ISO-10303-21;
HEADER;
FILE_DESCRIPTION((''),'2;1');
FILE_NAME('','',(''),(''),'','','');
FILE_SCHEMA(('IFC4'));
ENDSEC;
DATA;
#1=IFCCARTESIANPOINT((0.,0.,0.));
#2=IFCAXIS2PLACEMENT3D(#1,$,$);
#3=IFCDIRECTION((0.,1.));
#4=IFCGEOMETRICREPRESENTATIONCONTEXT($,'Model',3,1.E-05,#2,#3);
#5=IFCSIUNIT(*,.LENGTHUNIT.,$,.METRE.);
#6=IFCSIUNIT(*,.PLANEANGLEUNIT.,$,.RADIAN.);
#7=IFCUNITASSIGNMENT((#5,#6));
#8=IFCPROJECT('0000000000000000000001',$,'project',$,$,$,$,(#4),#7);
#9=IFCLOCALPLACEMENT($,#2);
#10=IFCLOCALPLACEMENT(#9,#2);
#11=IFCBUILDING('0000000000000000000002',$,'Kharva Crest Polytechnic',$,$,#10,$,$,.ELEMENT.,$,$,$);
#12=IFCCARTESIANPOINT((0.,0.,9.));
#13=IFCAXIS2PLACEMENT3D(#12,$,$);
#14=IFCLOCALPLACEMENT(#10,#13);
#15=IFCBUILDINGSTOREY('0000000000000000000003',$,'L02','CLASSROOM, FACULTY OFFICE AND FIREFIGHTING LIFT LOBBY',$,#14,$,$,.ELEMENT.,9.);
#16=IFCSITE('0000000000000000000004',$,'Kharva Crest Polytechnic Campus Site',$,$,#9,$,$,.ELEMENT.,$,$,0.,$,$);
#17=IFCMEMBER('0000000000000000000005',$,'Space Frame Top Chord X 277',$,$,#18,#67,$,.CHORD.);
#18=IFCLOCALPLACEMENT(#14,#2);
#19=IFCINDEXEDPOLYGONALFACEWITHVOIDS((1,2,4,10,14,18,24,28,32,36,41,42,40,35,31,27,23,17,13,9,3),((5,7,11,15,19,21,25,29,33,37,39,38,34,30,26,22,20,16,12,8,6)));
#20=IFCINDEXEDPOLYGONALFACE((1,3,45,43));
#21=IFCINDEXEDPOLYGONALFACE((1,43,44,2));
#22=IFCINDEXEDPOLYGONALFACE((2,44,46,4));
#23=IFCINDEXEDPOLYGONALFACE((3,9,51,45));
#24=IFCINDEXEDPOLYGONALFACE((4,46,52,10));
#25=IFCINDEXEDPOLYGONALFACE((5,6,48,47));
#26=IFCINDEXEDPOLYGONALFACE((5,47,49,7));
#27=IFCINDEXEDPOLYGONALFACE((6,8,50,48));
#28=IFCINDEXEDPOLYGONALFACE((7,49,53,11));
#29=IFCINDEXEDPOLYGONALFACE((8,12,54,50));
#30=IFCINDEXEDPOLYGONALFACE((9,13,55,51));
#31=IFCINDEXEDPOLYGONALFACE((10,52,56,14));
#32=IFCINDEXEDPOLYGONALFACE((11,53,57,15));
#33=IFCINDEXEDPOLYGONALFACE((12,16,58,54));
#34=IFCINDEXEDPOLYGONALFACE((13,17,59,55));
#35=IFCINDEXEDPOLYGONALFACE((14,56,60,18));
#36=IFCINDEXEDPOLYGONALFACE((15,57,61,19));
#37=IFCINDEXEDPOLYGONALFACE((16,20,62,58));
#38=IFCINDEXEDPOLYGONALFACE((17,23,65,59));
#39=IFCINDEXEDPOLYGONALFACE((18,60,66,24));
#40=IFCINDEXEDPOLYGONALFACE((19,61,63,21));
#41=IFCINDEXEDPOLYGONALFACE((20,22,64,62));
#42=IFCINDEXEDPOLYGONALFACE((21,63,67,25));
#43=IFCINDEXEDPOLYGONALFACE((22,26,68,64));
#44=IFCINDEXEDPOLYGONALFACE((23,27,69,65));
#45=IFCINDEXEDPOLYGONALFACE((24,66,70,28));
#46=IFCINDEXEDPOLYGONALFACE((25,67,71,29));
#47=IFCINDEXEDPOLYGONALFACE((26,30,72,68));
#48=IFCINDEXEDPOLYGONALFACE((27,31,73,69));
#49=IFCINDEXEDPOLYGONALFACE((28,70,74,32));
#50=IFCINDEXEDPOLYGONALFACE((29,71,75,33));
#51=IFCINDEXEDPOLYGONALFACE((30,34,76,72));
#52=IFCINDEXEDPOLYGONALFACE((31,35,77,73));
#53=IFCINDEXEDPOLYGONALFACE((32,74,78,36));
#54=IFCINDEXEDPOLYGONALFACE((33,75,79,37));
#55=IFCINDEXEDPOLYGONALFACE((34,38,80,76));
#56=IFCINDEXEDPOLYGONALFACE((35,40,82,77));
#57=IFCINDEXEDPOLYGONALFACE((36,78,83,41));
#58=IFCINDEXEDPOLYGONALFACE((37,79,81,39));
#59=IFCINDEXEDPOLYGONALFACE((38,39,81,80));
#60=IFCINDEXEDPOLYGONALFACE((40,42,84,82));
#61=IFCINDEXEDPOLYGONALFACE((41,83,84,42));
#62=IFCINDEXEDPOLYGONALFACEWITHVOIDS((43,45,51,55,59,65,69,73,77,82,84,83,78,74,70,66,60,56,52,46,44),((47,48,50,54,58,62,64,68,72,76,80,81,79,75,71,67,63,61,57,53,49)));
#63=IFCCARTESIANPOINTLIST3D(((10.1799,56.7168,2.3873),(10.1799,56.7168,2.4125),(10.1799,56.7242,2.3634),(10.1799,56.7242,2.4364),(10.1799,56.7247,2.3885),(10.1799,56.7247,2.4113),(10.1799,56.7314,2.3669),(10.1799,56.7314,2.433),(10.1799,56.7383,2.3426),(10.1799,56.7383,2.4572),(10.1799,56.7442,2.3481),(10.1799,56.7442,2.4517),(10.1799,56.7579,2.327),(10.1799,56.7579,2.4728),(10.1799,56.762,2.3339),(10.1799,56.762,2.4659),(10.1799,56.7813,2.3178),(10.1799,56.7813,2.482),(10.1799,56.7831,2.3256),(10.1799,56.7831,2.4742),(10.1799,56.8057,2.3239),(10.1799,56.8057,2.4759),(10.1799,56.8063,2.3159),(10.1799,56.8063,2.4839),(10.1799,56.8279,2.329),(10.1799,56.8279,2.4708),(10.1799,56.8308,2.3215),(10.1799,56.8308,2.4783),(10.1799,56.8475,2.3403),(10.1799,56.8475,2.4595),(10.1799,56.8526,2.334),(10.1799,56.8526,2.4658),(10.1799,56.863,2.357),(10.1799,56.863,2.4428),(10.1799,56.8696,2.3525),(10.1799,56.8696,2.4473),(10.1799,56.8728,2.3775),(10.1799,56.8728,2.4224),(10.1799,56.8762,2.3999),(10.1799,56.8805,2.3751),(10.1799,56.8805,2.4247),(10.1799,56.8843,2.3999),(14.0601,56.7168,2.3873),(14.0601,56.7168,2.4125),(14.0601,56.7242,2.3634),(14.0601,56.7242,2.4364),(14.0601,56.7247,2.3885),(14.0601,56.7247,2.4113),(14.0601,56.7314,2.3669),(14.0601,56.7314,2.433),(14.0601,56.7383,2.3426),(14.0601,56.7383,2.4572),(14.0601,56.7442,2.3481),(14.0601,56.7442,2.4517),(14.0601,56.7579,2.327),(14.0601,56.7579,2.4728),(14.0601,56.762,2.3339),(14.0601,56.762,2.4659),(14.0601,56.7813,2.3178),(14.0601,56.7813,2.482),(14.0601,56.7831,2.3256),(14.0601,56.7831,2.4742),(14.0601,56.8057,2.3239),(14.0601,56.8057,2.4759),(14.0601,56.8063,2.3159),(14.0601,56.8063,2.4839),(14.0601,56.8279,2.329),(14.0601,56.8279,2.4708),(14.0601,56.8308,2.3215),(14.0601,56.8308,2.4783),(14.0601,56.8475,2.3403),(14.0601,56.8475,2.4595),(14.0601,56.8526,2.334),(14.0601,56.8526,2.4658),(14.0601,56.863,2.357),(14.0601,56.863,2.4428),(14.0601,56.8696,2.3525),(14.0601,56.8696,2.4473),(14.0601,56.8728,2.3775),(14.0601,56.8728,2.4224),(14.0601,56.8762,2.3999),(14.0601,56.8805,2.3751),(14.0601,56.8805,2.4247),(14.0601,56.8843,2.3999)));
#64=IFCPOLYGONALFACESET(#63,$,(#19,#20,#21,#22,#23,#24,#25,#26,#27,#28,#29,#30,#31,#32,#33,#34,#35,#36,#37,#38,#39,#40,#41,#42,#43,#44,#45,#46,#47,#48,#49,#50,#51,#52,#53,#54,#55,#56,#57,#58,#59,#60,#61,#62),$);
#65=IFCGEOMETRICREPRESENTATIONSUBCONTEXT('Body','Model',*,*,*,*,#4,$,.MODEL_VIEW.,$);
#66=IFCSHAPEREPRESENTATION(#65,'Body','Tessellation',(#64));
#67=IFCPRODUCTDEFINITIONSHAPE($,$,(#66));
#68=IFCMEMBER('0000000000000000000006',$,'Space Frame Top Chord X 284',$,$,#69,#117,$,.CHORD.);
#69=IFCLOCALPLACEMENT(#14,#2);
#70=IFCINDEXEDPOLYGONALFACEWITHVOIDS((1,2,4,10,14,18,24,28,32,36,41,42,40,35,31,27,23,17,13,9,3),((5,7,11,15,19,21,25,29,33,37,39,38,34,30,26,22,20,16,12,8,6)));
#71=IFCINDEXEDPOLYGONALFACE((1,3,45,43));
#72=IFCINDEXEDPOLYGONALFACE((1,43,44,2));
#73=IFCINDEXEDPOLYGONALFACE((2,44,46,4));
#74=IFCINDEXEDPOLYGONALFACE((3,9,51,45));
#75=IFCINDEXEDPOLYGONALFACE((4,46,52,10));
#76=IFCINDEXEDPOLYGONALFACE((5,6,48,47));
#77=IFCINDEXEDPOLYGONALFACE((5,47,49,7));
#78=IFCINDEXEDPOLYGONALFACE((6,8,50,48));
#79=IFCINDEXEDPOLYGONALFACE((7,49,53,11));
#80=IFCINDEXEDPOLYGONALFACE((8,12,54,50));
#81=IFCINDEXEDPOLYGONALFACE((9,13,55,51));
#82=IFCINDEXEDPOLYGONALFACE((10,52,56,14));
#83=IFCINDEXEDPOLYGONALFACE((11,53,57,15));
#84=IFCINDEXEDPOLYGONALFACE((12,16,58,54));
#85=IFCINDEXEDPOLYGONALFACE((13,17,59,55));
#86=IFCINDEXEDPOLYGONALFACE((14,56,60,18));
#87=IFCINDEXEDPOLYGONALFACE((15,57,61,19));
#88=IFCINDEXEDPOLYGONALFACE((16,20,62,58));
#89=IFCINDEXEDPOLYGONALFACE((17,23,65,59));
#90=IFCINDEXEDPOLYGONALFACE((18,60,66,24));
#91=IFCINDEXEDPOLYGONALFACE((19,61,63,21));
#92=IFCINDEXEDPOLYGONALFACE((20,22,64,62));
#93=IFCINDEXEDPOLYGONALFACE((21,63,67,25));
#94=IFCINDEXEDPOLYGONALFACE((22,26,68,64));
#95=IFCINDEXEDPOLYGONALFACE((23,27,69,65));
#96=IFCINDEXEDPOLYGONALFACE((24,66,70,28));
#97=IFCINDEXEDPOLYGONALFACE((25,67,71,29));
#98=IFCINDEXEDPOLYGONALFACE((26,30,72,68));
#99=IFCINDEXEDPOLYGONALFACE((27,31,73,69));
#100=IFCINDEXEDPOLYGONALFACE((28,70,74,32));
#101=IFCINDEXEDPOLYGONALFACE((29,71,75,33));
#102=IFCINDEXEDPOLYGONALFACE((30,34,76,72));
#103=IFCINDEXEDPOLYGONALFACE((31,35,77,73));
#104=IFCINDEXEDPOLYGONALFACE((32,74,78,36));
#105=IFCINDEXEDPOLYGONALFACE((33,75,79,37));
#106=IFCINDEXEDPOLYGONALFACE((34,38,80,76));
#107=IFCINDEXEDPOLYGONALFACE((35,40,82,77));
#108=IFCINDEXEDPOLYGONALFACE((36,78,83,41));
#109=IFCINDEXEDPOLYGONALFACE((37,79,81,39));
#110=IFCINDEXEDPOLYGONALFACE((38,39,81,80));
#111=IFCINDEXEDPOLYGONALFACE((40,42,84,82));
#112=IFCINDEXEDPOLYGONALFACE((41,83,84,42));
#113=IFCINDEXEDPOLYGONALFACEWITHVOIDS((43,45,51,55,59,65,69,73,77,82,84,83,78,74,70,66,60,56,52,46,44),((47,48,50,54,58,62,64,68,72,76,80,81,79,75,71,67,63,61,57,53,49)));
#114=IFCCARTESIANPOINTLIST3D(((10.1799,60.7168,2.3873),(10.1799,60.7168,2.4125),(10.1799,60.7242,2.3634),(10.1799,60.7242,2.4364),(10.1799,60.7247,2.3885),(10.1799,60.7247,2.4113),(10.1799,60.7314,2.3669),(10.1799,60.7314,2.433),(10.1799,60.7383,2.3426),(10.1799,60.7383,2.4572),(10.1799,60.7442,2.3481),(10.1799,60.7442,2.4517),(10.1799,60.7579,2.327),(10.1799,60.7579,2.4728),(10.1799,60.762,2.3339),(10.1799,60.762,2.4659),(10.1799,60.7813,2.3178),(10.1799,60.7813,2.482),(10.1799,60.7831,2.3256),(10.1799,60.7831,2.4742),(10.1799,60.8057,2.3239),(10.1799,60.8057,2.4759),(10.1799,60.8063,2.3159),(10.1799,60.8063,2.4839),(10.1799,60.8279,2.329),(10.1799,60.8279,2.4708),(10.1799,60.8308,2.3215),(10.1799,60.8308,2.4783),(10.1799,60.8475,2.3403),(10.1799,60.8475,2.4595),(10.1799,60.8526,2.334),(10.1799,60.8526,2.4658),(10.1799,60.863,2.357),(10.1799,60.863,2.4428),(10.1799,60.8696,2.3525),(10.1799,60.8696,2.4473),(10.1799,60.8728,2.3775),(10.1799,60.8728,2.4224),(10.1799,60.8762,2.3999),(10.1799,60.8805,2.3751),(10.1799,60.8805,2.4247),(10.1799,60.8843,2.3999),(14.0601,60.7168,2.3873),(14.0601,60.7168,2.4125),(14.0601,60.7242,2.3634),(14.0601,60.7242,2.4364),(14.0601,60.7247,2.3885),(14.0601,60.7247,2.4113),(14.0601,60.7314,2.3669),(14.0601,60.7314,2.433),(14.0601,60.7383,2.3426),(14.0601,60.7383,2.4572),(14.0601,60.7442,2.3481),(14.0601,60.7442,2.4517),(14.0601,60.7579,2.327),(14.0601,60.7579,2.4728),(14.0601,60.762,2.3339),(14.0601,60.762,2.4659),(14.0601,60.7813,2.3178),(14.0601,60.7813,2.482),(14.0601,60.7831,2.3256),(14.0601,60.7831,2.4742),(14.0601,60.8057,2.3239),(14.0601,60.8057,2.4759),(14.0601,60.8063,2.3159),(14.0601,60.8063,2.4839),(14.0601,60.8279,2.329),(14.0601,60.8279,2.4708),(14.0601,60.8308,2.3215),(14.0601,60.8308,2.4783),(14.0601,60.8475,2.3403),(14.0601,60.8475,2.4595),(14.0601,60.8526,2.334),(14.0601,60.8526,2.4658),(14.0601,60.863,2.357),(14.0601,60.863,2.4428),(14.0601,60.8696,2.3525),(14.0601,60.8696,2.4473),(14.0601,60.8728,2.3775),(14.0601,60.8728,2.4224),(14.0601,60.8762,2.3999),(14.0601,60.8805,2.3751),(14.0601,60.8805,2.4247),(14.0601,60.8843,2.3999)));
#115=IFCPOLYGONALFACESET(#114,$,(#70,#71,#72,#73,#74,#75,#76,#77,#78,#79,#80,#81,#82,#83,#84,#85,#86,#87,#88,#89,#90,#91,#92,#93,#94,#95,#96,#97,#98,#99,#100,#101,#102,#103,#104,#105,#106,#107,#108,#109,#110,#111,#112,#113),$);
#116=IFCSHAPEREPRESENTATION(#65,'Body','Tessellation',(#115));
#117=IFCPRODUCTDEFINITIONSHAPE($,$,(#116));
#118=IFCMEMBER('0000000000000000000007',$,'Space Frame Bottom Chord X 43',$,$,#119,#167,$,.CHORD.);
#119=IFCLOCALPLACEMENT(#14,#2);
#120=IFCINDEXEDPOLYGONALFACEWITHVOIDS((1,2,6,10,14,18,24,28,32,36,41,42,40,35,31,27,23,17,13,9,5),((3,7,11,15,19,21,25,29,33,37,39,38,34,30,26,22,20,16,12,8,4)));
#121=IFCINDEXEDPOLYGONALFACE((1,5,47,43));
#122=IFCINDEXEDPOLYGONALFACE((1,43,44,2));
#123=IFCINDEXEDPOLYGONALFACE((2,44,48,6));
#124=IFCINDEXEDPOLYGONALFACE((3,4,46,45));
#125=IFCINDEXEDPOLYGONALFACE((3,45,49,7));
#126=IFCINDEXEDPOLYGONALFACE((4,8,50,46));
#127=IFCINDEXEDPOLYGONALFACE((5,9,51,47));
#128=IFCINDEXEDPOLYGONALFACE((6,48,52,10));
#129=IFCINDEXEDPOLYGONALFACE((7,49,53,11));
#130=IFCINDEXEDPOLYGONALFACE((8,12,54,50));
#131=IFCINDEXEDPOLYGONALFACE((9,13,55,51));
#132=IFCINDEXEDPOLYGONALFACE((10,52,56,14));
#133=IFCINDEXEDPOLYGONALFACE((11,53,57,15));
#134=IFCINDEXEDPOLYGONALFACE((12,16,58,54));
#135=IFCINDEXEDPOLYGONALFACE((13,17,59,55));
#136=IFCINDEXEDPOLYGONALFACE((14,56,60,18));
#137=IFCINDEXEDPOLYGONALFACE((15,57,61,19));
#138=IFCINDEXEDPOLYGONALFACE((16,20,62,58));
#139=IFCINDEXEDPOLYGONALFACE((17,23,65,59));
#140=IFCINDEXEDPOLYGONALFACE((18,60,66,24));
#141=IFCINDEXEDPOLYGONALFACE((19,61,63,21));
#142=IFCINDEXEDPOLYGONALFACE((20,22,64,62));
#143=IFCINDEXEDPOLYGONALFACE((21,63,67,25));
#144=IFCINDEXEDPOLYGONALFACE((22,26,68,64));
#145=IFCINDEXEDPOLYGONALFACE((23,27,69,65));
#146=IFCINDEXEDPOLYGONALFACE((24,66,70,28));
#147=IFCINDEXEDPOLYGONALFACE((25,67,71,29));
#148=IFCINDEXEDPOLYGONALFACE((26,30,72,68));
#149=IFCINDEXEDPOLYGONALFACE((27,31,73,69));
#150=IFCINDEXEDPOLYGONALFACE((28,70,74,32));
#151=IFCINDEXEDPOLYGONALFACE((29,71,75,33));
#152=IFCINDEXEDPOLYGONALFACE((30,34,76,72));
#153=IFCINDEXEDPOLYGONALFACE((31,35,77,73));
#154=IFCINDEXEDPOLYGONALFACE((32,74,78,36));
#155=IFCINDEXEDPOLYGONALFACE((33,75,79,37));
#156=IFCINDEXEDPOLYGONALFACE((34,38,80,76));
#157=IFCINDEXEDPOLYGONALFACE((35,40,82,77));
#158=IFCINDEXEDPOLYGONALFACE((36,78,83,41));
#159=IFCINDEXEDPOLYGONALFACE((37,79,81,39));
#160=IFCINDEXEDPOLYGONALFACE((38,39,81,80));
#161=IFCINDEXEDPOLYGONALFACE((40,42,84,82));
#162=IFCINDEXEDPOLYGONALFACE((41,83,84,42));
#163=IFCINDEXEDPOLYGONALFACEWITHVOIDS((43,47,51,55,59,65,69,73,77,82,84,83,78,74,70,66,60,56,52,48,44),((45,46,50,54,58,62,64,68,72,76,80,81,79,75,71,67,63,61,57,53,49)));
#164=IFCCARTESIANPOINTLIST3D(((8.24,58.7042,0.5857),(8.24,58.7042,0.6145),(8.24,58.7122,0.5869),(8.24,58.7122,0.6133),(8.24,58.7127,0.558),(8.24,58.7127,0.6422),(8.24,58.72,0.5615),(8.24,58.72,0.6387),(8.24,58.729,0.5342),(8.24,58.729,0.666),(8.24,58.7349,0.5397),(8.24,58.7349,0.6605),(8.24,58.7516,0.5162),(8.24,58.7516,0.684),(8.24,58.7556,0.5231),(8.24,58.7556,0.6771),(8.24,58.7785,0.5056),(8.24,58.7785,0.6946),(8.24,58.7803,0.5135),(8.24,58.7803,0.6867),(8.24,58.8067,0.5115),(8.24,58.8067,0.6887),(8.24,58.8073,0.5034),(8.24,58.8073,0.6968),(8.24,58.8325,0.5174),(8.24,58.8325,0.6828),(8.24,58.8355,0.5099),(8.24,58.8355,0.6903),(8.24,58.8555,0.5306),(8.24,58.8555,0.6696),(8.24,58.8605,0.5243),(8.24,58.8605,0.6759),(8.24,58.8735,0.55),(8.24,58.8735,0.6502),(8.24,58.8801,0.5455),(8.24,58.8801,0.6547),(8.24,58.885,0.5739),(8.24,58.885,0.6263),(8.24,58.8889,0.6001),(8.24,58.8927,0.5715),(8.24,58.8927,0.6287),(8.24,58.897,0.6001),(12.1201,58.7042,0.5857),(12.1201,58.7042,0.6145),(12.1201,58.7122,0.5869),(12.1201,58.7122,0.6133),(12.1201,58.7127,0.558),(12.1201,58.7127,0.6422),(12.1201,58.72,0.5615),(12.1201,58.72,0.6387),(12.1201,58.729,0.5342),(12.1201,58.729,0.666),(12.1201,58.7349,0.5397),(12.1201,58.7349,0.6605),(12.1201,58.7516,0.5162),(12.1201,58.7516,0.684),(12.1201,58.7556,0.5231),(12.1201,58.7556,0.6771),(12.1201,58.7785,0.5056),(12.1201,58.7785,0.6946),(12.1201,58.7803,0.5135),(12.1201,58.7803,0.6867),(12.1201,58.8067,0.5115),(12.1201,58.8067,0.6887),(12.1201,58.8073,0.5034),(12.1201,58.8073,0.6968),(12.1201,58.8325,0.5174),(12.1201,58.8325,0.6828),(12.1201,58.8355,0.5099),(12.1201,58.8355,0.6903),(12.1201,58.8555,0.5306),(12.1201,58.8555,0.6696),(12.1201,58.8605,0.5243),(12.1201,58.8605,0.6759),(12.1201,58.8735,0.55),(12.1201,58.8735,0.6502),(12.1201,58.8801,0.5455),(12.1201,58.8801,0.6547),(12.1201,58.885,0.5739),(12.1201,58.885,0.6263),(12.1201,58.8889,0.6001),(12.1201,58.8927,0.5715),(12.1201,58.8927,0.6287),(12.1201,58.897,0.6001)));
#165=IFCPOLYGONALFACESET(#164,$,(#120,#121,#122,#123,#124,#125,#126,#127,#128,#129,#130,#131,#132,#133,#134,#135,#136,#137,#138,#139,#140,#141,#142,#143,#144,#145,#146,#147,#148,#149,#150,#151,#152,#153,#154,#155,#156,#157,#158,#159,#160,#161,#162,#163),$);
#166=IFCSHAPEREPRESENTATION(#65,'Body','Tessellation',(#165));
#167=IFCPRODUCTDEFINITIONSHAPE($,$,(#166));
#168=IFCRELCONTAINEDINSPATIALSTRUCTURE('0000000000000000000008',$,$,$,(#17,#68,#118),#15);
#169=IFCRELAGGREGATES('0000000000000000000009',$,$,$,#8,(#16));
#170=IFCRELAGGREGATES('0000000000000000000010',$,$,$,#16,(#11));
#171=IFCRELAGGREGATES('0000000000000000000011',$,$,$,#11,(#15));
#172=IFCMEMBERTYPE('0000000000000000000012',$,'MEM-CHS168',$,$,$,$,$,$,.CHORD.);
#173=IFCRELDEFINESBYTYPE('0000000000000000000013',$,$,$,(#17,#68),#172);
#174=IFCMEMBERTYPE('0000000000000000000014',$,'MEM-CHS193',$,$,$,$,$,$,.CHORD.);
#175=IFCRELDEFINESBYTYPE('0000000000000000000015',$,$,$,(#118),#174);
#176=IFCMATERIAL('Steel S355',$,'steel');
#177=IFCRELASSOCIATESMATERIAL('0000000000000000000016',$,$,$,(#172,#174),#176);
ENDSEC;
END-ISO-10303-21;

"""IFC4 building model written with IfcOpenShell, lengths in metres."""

from ifc_helpers import new_model, si_unit, direction, frame, origin, origin_2d, place, context, subcontext, project, spatial, hollow_circle, extrude, material, material_profile, profile_set, type_object, element, save


model = new_model("IFC4")

# Units and contexts
model_context = context("Model", 3, precision=1e-05, world=origin(), true_north=direction((0.0, 1.0)))
body_context = subcontext(model_context, "Body", "Model", "MODEL_VIEW")
ifc_project = project(units=[si_unit("LENGTHUNIT", "METRE"), si_unit("PLANEANGLEUNIT", "RADIAN")], contexts=[model_context])

# Site, building, storey
site_placement = place(None, origin())
site = spatial("IfcSite", under=ifc_project, at=site_placement, Name="Kharva Crest Polytechnic Campus Site", CompositionType="ELEMENT", RefElevation=0.0)
building_placement = place(site_placement, origin())
building = spatial("IfcBuilding", under=site, at=building_placement, Name="Kharva Crest Polytechnic", CompositionType="ELEMENT")
storey_placement = place(building_placement, frame((0.0, 0.0, 9.0)))
storey = spatial("IfcBuildingStorey", under=building, at=storey_placement, Name="L02", Description="CLASSROOM, FACULTY OFFICE AND FIREFIGHTING LIFT LOBBY", CompositionType="ELEMENT", Elevation=9.0)

# Shared definitions
ifc_material_1 = material(Name="Steel S355", Category="steel")

# Members
ifc_material_profile_1 = material_profile(ifc_material_1, hollow_circle(Radius=0.0842, WallThickness=0.0081, at=origin_2d()), Name="CHS 168.3X8.0")
ifc_profile_set_1 = profile_set([ifc_material_profile_1], Name="Steel S355")
member_type_1 = type_object("IfcMemberType", Name="MEM-CHS168", PredefinedType="CHORD", material=ifc_profile_set_1)
for number, where, z_axis, x_axis, name in (
    (1, (10.1799, 56.8, 2.3999), (1.0, 0.0, 0.0), (0.0, 1.0, 0.0), "Space Frame Top Chord X 277"),
    (2, (10.1799, 60.8, 2.3999), (1.0, 0.0, 0.0), (0.0, 1.0, 0.0), "Space Frame Top Chord X 284"),
):
    element("IfcMember", number, at=place(storey_placement, frame(where, z_axis=z_axis, x_axis=x_axis)), inside=storey, type_object=member_type_1, Name=name, PredefinedType="CHORD", context=body_context, shape_type="SweptSolid", body=[
        extrude(hollow_circle(Radius=0.0842, WallThickness=0.0081, at=origin_2d()), origin(), (0.0, 0.0, 1.0), 3.8801),
    ])
ifc_material_profile_2 = material_profile(ifc_material_1, hollow_circle(Radius=0.0969, WallThickness=0.0081, at=origin_2d()), Name="CHS 193.7X8.0")
ifc_profile_set_2 = profile_set([ifc_material_profile_2], Name="Steel S355")
member_type_2 = type_object("IfcMemberType", Name="MEM-CHS193", PredefinedType="CHORD", material=ifc_profile_set_2)
member_1_placement = place(storey_placement, frame((8.24, 58.8, 0.6001), z_axis=(1.0, 0.0, 0.0), x_axis=(0.0, 1.0, 0.0)))
element("IfcMember", 3, at=member_1_placement, inside=storey, type_object=member_type_2, Name="Space Frame Bottom Chord X 43", PredefinedType="CHORD", context=body_context, shape_type="SweptSolid", body=[
    extrude(hollow_circle(Radius=0.0969, WallThickness=0.0081, at=origin_2d()), origin(), (0.0, 0.0, 1.0), 3.8801),
])

save(model, "model.ifc")
